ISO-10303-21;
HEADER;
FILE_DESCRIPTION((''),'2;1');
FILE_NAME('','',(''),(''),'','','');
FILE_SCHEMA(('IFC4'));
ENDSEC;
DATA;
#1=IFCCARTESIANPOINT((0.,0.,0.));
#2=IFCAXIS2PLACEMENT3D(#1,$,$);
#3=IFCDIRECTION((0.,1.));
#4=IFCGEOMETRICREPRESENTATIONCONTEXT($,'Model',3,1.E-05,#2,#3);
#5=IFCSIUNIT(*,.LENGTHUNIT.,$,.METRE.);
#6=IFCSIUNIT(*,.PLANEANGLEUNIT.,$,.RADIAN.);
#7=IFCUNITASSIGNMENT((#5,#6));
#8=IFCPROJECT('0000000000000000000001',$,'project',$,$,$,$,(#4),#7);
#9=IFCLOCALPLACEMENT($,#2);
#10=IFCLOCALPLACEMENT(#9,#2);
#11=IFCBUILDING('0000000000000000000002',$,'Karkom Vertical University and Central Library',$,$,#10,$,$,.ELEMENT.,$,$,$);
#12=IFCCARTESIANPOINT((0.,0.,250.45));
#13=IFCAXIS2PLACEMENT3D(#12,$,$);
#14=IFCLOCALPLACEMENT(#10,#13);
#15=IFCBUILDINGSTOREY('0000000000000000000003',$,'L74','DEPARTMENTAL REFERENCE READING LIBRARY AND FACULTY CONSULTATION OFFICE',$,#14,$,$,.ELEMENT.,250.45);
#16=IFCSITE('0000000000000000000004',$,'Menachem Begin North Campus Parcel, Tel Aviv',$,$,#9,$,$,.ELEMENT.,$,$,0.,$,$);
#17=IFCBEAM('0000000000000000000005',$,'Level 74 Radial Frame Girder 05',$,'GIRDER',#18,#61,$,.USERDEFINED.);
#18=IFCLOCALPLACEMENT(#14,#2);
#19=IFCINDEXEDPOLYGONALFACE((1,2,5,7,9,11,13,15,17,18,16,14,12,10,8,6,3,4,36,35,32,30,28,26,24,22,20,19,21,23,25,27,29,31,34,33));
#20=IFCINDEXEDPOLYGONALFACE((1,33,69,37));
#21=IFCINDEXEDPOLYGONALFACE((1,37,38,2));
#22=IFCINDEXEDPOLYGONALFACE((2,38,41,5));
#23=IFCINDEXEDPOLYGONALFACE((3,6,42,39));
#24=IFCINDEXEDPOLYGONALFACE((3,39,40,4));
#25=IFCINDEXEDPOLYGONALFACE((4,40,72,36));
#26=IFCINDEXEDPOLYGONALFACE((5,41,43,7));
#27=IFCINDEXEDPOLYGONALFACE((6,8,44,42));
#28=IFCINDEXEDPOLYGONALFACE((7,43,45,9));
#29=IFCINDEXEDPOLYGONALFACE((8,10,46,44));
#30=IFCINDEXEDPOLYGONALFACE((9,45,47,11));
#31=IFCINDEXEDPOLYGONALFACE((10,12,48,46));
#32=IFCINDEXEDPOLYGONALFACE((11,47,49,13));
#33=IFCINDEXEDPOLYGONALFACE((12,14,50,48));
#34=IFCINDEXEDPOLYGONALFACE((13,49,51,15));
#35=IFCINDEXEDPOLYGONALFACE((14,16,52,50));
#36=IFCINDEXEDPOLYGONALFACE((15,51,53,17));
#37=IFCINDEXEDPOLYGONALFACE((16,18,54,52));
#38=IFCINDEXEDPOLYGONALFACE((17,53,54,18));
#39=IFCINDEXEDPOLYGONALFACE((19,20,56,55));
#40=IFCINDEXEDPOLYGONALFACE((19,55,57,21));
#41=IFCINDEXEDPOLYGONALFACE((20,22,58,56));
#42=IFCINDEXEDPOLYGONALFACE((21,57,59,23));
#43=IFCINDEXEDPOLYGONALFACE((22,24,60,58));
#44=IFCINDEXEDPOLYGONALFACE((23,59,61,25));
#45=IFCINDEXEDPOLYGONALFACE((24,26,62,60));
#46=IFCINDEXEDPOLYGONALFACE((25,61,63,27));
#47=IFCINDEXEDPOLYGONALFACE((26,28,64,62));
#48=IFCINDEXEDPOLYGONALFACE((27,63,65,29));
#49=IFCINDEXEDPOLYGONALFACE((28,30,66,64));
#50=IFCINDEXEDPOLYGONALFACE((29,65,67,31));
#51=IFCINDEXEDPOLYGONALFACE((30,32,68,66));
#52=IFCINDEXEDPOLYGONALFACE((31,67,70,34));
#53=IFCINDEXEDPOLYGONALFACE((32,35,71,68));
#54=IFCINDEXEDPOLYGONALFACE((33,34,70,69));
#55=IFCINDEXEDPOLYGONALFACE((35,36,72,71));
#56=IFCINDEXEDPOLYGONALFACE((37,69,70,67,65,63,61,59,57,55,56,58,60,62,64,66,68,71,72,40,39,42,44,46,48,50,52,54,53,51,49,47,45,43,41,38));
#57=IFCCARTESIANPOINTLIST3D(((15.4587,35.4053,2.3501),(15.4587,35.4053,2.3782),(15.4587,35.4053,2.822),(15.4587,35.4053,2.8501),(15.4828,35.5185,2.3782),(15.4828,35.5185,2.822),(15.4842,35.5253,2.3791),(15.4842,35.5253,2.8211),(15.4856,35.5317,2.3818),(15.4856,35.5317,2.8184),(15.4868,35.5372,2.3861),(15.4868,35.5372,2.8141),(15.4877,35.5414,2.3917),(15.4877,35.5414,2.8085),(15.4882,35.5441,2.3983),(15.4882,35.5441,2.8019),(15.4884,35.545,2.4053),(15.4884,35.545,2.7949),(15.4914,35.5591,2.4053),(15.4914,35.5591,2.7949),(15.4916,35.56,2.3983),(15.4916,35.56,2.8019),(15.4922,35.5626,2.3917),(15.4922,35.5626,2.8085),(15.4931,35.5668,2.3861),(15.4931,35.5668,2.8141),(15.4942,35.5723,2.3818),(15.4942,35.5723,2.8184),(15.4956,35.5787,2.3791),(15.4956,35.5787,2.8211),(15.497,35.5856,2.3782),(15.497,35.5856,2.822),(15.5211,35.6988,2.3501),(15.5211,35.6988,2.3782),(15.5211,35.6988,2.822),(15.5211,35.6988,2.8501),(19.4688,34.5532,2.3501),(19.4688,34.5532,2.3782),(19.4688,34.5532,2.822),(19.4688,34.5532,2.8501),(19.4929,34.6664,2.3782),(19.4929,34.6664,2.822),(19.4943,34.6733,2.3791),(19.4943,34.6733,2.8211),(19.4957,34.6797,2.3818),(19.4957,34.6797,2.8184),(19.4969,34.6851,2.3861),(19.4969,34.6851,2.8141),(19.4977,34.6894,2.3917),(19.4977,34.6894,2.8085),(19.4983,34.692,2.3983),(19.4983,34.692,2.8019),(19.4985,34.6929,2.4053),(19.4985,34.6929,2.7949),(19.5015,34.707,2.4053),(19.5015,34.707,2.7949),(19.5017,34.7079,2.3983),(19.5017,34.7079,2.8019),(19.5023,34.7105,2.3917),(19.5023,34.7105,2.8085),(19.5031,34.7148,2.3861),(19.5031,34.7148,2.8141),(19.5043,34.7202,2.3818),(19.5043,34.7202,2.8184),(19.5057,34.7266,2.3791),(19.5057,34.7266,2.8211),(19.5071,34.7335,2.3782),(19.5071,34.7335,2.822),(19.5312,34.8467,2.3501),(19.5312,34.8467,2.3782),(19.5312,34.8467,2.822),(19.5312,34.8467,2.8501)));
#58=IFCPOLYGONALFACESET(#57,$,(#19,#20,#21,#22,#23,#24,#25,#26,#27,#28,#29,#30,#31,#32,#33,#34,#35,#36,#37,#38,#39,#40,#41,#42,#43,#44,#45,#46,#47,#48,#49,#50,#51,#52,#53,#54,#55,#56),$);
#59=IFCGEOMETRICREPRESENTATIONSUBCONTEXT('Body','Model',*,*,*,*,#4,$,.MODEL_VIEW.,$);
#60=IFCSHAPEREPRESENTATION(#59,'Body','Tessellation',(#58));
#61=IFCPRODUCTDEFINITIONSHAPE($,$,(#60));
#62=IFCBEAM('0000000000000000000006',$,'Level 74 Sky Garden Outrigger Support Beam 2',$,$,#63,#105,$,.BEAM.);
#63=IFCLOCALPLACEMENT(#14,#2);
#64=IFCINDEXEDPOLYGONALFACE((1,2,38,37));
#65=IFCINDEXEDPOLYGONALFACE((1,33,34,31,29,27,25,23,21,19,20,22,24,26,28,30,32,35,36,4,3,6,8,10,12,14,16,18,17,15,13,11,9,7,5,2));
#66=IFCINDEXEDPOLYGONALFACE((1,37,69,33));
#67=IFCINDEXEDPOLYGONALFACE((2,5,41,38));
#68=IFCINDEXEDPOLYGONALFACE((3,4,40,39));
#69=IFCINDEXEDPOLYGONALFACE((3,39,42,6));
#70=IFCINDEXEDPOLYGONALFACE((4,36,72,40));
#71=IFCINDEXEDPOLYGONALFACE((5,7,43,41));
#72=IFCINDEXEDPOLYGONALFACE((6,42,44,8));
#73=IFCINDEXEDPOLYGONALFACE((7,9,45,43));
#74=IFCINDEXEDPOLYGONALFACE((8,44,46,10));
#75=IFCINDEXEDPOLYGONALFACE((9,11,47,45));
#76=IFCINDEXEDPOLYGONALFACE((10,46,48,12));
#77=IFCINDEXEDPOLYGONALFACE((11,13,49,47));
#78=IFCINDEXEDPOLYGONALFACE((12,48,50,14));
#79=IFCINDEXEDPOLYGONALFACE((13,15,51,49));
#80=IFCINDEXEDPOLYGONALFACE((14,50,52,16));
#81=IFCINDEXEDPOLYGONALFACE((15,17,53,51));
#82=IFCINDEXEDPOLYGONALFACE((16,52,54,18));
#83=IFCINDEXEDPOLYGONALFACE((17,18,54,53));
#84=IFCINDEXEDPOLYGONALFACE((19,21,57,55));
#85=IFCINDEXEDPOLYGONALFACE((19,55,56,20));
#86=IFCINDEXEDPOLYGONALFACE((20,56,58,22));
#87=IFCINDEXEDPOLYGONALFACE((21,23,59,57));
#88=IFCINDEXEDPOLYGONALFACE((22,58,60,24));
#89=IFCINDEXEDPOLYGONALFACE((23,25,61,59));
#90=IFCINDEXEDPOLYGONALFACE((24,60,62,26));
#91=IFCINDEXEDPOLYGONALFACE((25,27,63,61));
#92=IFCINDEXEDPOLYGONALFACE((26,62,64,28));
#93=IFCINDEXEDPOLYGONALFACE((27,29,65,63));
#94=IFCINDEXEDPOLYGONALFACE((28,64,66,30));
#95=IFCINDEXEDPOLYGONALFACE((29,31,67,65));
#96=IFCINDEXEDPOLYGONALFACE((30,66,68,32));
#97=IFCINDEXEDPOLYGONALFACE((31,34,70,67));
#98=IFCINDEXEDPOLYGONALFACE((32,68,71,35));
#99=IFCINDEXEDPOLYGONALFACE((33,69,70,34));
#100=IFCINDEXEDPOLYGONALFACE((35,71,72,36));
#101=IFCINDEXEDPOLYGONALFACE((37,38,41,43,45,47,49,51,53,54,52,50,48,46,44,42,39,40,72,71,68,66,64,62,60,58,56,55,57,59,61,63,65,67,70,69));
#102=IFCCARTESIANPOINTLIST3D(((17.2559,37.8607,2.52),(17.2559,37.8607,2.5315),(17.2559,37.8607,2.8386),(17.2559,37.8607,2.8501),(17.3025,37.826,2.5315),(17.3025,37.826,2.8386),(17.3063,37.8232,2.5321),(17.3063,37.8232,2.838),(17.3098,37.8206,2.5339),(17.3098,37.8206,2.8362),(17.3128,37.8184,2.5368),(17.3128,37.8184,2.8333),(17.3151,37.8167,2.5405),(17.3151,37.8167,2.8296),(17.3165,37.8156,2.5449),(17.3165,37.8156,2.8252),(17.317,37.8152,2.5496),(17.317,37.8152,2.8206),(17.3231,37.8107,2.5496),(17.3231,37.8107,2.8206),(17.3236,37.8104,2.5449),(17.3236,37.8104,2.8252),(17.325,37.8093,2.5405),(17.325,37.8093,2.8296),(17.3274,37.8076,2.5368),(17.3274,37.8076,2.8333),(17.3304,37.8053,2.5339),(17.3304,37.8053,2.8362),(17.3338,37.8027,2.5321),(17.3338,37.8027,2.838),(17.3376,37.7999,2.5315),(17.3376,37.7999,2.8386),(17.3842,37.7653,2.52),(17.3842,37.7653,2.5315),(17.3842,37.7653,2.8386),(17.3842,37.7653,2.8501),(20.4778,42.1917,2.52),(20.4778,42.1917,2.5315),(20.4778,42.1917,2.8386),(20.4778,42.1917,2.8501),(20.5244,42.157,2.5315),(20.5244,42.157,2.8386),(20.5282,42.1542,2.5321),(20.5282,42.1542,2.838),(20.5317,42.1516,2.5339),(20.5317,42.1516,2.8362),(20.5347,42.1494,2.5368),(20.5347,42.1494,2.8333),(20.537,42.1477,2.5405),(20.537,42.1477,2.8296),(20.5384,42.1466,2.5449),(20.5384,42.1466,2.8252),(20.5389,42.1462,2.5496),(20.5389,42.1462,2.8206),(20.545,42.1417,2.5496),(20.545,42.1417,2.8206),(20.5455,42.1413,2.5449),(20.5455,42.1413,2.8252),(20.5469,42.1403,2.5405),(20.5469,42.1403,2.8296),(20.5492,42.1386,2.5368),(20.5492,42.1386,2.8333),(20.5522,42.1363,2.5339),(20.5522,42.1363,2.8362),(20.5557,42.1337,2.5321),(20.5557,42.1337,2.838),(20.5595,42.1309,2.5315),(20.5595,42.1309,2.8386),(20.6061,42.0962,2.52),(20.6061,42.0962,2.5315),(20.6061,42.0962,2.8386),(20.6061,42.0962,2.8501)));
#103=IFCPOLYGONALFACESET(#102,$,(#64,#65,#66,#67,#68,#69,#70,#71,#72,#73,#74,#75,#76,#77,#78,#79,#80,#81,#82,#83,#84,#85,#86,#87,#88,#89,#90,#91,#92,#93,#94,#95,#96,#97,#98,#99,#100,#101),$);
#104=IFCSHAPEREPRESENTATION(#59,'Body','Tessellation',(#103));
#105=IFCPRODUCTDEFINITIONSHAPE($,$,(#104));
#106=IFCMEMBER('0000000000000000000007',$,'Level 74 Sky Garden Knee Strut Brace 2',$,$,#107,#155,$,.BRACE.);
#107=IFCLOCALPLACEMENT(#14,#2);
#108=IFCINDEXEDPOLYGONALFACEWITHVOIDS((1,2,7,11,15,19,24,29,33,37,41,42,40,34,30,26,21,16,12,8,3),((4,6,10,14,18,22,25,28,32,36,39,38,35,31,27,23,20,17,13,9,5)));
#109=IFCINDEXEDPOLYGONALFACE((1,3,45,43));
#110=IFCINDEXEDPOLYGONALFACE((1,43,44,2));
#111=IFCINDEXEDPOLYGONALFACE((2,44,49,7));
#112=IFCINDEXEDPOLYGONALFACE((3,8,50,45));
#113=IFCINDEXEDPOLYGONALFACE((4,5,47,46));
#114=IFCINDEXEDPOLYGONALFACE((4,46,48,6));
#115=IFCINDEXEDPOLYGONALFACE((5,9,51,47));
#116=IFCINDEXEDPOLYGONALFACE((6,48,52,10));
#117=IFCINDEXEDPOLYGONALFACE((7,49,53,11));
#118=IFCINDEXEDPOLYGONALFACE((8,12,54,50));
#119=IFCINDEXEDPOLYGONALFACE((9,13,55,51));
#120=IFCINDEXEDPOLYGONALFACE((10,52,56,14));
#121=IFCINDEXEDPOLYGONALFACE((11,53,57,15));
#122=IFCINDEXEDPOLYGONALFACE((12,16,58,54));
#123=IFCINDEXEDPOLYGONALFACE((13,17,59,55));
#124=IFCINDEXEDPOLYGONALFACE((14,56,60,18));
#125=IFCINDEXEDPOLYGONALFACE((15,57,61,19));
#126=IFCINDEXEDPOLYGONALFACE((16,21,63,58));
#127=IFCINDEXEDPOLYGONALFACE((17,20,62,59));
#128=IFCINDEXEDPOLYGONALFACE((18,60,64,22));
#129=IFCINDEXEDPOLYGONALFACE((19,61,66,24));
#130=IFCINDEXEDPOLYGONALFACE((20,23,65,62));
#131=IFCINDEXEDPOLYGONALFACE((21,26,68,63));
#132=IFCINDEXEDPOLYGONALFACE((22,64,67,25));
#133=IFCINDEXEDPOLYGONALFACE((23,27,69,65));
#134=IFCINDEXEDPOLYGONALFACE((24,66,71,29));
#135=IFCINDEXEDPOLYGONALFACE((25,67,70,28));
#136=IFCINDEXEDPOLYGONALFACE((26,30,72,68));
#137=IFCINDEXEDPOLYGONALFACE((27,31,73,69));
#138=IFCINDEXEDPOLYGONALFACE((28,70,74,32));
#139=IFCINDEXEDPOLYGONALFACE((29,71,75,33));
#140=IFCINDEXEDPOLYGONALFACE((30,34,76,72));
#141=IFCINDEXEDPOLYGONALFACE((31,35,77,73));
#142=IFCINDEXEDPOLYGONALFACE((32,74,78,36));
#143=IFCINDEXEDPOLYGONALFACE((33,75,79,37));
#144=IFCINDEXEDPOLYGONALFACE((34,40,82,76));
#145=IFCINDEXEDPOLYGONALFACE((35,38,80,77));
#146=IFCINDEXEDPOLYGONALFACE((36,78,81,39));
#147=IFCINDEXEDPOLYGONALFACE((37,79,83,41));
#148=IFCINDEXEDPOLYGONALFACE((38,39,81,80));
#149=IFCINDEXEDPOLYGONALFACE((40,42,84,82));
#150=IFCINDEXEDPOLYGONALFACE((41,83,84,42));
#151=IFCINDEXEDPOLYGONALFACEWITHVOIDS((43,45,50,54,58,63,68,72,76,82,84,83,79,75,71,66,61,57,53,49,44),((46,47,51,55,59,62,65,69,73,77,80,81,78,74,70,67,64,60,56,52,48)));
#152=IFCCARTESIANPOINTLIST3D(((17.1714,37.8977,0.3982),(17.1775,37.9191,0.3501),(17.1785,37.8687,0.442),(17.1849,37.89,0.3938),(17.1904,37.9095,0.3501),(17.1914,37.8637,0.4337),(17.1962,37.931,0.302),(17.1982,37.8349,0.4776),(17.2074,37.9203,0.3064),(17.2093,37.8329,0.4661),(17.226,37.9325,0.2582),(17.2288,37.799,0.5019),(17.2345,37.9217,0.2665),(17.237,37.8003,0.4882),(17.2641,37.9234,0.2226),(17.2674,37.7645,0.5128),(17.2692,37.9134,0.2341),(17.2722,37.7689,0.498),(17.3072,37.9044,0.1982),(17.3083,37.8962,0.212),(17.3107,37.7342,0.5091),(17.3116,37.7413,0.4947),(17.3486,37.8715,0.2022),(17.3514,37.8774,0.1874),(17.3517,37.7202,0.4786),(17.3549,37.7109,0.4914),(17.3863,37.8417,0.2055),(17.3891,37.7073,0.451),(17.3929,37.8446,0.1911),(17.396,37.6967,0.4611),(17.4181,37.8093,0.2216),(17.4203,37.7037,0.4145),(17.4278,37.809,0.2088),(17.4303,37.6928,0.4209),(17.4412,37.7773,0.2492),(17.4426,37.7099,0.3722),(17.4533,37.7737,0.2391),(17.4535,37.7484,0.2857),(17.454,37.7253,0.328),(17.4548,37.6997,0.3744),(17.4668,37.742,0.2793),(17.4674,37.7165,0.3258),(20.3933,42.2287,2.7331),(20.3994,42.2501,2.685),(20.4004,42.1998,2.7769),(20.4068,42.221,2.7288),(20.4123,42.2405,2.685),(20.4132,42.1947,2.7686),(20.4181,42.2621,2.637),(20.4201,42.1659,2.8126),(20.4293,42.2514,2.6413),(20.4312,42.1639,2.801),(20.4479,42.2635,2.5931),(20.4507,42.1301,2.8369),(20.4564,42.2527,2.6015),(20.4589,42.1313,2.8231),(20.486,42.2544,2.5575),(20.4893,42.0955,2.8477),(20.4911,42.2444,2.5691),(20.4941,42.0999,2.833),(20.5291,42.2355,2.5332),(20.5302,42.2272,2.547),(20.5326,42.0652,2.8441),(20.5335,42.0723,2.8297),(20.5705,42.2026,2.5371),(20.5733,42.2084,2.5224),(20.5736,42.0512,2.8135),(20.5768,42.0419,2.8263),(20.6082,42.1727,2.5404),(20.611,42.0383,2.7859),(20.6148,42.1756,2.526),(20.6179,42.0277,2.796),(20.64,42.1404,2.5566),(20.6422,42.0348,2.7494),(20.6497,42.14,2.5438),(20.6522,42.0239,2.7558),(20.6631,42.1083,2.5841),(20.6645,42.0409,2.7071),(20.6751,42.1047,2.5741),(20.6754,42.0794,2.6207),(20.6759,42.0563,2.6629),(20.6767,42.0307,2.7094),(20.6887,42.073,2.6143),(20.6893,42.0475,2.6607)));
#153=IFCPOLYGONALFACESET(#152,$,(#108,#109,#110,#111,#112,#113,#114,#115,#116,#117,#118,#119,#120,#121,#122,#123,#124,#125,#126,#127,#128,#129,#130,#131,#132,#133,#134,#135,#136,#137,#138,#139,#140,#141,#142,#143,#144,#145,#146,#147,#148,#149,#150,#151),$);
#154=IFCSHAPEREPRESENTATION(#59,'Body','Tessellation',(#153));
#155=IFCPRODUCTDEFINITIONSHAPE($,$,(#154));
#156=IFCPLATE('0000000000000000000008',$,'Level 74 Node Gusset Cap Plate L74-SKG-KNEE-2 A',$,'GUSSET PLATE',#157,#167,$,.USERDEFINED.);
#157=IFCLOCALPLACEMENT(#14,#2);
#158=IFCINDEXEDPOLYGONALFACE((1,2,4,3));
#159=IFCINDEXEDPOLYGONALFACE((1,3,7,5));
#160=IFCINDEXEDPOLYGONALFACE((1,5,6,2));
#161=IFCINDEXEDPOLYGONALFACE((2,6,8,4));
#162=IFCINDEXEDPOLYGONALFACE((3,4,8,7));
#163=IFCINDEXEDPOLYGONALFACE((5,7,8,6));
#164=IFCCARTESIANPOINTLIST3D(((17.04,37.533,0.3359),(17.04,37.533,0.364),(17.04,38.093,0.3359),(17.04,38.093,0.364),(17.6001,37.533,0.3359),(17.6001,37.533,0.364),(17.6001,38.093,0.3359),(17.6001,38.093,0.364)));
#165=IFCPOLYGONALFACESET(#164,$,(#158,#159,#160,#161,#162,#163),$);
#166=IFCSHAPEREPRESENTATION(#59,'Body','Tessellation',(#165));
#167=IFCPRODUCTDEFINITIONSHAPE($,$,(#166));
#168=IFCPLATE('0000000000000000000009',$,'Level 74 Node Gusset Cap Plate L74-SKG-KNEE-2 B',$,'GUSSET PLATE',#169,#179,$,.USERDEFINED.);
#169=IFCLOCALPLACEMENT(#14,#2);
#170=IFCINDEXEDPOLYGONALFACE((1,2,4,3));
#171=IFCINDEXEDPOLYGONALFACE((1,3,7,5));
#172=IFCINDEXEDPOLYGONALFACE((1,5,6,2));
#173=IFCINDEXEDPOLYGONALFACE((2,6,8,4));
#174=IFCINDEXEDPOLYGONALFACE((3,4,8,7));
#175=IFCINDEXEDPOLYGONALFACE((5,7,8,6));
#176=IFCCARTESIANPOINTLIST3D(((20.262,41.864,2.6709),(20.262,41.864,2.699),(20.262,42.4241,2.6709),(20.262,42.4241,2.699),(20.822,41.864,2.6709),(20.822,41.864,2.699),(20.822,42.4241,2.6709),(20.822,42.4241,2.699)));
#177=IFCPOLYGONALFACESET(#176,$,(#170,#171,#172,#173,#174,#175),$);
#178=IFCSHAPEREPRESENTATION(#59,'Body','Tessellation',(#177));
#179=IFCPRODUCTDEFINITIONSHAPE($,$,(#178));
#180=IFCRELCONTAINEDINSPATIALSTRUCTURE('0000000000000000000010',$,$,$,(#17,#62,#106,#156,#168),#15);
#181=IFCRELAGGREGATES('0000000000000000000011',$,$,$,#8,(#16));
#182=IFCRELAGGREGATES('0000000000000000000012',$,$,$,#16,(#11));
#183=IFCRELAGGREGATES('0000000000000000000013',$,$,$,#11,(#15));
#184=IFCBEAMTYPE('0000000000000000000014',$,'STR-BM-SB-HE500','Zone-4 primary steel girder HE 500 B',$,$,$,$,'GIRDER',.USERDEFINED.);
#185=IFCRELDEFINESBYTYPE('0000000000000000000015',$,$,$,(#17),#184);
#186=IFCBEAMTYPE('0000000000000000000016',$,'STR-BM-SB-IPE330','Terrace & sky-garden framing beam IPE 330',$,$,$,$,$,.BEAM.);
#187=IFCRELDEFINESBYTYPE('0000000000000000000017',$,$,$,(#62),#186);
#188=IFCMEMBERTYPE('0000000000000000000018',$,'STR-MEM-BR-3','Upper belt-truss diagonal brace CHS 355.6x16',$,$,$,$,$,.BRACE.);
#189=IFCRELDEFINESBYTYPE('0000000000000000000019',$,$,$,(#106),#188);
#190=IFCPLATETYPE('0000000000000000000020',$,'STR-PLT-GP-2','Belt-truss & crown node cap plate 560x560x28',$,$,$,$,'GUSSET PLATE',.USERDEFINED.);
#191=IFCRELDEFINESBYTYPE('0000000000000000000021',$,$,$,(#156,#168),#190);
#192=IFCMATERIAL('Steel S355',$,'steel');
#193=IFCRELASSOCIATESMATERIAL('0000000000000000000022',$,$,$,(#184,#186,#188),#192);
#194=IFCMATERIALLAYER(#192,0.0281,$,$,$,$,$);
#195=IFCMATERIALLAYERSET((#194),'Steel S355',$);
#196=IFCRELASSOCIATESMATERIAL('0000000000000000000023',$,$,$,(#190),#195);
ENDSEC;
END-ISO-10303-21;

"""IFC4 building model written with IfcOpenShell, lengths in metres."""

from ifc_helpers import new_model, si_unit, direction, frame, origin, origin_with_axes, origin_2d, place, context, subcontext, project, spatial, rectangle, hollow_circle, i_section, extrude, source, transform, mapped, material, layer, layer_set, material_profile, profile_set, type_object, element, save


model = new_model("IFC4")

# Units and contexts
model_context = context("Model", 3, precision=1e-05, world=origin(), true_north=direction((0.0, 1.0)))
body_context = subcontext(model_context, "Body", "Model", "MODEL_VIEW")
ifc_project = project(units=[si_unit("LENGTHUNIT", "METRE"), si_unit("PLANEANGLEUNIT", "RADIAN")], contexts=[model_context])

# Site, building, storey
site_placement = place(None, origin())
site = spatial("IfcSite", under=ifc_project, at=site_placement, Name="Menachem Begin North Campus Parcel, Tel Aviv", CompositionType="ELEMENT", RefElevation=0.0)
building_placement = place(site_placement, origin())
building = spatial("IfcBuilding", under=site, at=building_placement, Name="Karkom Vertical University and Central Library", CompositionType="ELEMENT")
storey_placement = place(building_placement, frame((0.0, 0.0, 250.45)))
storey = spatial("IfcBuildingStorey", under=building, at=storey_placement, Name="L74", Description="DEPARTMENTAL REFERENCE READING LIBRARY AND FACULTY CONSULTATION OFFICE", CompositionType="ELEMENT", Elevation=250.45)

# Beams
ifc_material_1 = material(Name="Steel S355", Category="steel")
ifc_material_profile_1 = material_profile(ifc_material_1, i_section(OverallWidth=0.3, OverallDepth=0.5, WebThickness=0.0144, FlangeThickness=0.0281, FilletRadius=0.0271, at=origin_2d()), Name="HE 500 B")
ifc_profile_set_1 = profile_set([ifc_material_profile_1], Name="Steel S355")
beam_type_1 = type_object("IfcBeamType", Name="STR-BM-SB-HE500", Description="Zone-4 primary steel girder HE 500 B", ElementType="GIRDER", PredefinedType="USERDEFINED", material=ifc_profile_set_1)
shared_shape_1 = source(origin_with_axes(), body_context, "Body", "SweptSolid", [
    extrude(i_section(OverallWidth=0.3, OverallDepth=0.5, WebThickness=0.0144, FlangeThickness=0.0281, FilletRadius=0.0271, at=origin_2d()), origin(), (0.0, 0.0, 1.0), 4.0996),
])
beam_1_placement = place(storey_placement, frame((19.5, 34.7, 2.6001), z_axis=(-0.978163, 0.207841, 0.0), x_axis=(-0.207841, -0.978163, 0.0)))
element("IfcBeam", 1, at=beam_1_placement, inside=storey, type_object=beam_type_1, Name="Level 74 Radial Frame Girder 05", ObjectType="GIRDER", PredefinedType="USERDEFINED", context=body_context, shape_type="MappedRepresentation", body=[
    mapped(shared_shape_1, transform((0.0, 0.0, 0.0), scale=1.0)),
])
ifc_material_profile_2 = material_profile(ifc_material_1, i_section(OverallWidth=0.1599, OverallDepth=0.3301, WebThickness=0.0076, FlangeThickness=0.0115, FilletRadius=0.0181, at=origin_2d()), Name="IPE 330")
ifc_profile_set_2 = profile_set([ifc_material_profile_2], Name="Steel S355")
beam_type_2 = type_object("IfcBeamType", Name="STR-BM-SB-IPE330", Description="Terrace & sky-garden framing beam IPE 330", PredefinedType="BEAM", material=ifc_profile_set_2)
shared_shape_2 = source(origin_with_axes(), body_context, "Body", "SweptSolid", [
    extrude(i_section(OverallWidth=0.1599, OverallDepth=0.3301, WebThickness=0.0076, FlangeThickness=0.0115, FilletRadius=0.0181, at=origin_2d()), origin(), (0.0, 0.0, 1.0), 5.3979),
])
beam_2_placement = place(storey_placement, frame((17.3201, 37.813, 2.6851), z_axis=(0.596869, 0.802338, 0.0), x_axis=(-0.802338, 0.596869, 0.0)))
element("IfcBeam", 2, at=beam_2_placement, inside=storey, type_object=beam_type_2, Name="Level 74 Sky Garden Outrigger Support Beam 2", PredefinedType="BEAM", context=body_context, shape_type="MappedRepresentation", body=[
    mapped(shared_shape_2, transform((0.0, 0.0, 0.0), scale=1.0)),
])

# Member
ifc_material_profile_3 = material_profile(ifc_material_1, hollow_circle(Radius=0.1777, WallThickness=0.0161, at=origin_2d()), Name="CHS 355.6x16")
ifc_profile_set_3 = profile_set([ifc_material_profile_3], Name="Steel S355")
member_type = type_object("IfcMemberType", Name="STR-MEM-BR-3", Description="Upper belt-truss diagonal brace CHS 355.6x16", PredefinedType="BRACE", material=ifc_profile_set_3)
shared_shape_3 = source(origin_with_axes(), body_context, "Body", "SweptSolid", [
    extrude(hollow_circle(Radius=0.1777, WallThickness=0.0161, at=origin_2d()), origin(), (0.0, 0.0, 1.0), 5.8813),
])
member_placement = place(storey_placement, frame((17.3201, 37.813, 0.3501), z_axis=(0.547816, 0.736399, 0.397008), x_axis=(-0.802338, 0.596869, 0.0)))
element("IfcMember", 3, at=member_placement, inside=storey, type_object=member_type, Name="Level 74 Sky Garden Knee Strut Brace 2", PredefinedType="BRACE", context=body_context, shape_type="MappedRepresentation", body=[
    mapped(shared_shape_3, transform((0.0, 0.0, 0.0), scale=1.0)),
])

# Plates
ifc_layer_1 = layer(ifc_material_1, 0.0281)
ifc_layer_set_1 = layer_set([ifc_layer_1], Name="Steel S355")
plate_type = type_object("IfcPlateType", Name="STR-PLT-GP-2", Description="Belt-truss & crown node cap plate 560x560x28", ElementType="GUSSET PLATE", PredefinedType="USERDEFINED", material=ifc_layer_set_1)
shared_shape_4 = source(origin_with_axes(), body_context, "Body", "SweptSolid", [
    extrude(rectangle(XDim=0.5601, YDim=0.5601, at=origin_2d()), origin(), (0.0, 0.0, 1.0), 0.0281),
])
for number, where, z_axis, x_axis, name in (
    (4, (17.3201, 37.813, 0.3359), (0.0, 0.0, 1.0), (1.0, 0.0, 0.0), "Level 74 Node Gusset Cap Plate L74-SKG-KNEE-2 A"),
    (5, (20.542, 42.144, 2.6709), (0.0, 0.0, 1.0), (1.0, 0.0, 0.0), "Level 74 Node Gusset Cap Plate L74-SKG-KNEE-2 B"),
):
    element("IfcPlate", number, at=place(storey_placement, frame(where, z_axis=z_axis, x_axis=x_axis)), inside=storey, type_object=plate_type, Name=name, ObjectType="GUSSET PLATE", PredefinedType="USERDEFINED", context=body_context, shape_type="MappedRepresentation", body=[
        mapped(shared_shape_4, transform((0.0, 0.0, 0.0), scale=1.0)),
    ])

save(model, "model.ifc")
